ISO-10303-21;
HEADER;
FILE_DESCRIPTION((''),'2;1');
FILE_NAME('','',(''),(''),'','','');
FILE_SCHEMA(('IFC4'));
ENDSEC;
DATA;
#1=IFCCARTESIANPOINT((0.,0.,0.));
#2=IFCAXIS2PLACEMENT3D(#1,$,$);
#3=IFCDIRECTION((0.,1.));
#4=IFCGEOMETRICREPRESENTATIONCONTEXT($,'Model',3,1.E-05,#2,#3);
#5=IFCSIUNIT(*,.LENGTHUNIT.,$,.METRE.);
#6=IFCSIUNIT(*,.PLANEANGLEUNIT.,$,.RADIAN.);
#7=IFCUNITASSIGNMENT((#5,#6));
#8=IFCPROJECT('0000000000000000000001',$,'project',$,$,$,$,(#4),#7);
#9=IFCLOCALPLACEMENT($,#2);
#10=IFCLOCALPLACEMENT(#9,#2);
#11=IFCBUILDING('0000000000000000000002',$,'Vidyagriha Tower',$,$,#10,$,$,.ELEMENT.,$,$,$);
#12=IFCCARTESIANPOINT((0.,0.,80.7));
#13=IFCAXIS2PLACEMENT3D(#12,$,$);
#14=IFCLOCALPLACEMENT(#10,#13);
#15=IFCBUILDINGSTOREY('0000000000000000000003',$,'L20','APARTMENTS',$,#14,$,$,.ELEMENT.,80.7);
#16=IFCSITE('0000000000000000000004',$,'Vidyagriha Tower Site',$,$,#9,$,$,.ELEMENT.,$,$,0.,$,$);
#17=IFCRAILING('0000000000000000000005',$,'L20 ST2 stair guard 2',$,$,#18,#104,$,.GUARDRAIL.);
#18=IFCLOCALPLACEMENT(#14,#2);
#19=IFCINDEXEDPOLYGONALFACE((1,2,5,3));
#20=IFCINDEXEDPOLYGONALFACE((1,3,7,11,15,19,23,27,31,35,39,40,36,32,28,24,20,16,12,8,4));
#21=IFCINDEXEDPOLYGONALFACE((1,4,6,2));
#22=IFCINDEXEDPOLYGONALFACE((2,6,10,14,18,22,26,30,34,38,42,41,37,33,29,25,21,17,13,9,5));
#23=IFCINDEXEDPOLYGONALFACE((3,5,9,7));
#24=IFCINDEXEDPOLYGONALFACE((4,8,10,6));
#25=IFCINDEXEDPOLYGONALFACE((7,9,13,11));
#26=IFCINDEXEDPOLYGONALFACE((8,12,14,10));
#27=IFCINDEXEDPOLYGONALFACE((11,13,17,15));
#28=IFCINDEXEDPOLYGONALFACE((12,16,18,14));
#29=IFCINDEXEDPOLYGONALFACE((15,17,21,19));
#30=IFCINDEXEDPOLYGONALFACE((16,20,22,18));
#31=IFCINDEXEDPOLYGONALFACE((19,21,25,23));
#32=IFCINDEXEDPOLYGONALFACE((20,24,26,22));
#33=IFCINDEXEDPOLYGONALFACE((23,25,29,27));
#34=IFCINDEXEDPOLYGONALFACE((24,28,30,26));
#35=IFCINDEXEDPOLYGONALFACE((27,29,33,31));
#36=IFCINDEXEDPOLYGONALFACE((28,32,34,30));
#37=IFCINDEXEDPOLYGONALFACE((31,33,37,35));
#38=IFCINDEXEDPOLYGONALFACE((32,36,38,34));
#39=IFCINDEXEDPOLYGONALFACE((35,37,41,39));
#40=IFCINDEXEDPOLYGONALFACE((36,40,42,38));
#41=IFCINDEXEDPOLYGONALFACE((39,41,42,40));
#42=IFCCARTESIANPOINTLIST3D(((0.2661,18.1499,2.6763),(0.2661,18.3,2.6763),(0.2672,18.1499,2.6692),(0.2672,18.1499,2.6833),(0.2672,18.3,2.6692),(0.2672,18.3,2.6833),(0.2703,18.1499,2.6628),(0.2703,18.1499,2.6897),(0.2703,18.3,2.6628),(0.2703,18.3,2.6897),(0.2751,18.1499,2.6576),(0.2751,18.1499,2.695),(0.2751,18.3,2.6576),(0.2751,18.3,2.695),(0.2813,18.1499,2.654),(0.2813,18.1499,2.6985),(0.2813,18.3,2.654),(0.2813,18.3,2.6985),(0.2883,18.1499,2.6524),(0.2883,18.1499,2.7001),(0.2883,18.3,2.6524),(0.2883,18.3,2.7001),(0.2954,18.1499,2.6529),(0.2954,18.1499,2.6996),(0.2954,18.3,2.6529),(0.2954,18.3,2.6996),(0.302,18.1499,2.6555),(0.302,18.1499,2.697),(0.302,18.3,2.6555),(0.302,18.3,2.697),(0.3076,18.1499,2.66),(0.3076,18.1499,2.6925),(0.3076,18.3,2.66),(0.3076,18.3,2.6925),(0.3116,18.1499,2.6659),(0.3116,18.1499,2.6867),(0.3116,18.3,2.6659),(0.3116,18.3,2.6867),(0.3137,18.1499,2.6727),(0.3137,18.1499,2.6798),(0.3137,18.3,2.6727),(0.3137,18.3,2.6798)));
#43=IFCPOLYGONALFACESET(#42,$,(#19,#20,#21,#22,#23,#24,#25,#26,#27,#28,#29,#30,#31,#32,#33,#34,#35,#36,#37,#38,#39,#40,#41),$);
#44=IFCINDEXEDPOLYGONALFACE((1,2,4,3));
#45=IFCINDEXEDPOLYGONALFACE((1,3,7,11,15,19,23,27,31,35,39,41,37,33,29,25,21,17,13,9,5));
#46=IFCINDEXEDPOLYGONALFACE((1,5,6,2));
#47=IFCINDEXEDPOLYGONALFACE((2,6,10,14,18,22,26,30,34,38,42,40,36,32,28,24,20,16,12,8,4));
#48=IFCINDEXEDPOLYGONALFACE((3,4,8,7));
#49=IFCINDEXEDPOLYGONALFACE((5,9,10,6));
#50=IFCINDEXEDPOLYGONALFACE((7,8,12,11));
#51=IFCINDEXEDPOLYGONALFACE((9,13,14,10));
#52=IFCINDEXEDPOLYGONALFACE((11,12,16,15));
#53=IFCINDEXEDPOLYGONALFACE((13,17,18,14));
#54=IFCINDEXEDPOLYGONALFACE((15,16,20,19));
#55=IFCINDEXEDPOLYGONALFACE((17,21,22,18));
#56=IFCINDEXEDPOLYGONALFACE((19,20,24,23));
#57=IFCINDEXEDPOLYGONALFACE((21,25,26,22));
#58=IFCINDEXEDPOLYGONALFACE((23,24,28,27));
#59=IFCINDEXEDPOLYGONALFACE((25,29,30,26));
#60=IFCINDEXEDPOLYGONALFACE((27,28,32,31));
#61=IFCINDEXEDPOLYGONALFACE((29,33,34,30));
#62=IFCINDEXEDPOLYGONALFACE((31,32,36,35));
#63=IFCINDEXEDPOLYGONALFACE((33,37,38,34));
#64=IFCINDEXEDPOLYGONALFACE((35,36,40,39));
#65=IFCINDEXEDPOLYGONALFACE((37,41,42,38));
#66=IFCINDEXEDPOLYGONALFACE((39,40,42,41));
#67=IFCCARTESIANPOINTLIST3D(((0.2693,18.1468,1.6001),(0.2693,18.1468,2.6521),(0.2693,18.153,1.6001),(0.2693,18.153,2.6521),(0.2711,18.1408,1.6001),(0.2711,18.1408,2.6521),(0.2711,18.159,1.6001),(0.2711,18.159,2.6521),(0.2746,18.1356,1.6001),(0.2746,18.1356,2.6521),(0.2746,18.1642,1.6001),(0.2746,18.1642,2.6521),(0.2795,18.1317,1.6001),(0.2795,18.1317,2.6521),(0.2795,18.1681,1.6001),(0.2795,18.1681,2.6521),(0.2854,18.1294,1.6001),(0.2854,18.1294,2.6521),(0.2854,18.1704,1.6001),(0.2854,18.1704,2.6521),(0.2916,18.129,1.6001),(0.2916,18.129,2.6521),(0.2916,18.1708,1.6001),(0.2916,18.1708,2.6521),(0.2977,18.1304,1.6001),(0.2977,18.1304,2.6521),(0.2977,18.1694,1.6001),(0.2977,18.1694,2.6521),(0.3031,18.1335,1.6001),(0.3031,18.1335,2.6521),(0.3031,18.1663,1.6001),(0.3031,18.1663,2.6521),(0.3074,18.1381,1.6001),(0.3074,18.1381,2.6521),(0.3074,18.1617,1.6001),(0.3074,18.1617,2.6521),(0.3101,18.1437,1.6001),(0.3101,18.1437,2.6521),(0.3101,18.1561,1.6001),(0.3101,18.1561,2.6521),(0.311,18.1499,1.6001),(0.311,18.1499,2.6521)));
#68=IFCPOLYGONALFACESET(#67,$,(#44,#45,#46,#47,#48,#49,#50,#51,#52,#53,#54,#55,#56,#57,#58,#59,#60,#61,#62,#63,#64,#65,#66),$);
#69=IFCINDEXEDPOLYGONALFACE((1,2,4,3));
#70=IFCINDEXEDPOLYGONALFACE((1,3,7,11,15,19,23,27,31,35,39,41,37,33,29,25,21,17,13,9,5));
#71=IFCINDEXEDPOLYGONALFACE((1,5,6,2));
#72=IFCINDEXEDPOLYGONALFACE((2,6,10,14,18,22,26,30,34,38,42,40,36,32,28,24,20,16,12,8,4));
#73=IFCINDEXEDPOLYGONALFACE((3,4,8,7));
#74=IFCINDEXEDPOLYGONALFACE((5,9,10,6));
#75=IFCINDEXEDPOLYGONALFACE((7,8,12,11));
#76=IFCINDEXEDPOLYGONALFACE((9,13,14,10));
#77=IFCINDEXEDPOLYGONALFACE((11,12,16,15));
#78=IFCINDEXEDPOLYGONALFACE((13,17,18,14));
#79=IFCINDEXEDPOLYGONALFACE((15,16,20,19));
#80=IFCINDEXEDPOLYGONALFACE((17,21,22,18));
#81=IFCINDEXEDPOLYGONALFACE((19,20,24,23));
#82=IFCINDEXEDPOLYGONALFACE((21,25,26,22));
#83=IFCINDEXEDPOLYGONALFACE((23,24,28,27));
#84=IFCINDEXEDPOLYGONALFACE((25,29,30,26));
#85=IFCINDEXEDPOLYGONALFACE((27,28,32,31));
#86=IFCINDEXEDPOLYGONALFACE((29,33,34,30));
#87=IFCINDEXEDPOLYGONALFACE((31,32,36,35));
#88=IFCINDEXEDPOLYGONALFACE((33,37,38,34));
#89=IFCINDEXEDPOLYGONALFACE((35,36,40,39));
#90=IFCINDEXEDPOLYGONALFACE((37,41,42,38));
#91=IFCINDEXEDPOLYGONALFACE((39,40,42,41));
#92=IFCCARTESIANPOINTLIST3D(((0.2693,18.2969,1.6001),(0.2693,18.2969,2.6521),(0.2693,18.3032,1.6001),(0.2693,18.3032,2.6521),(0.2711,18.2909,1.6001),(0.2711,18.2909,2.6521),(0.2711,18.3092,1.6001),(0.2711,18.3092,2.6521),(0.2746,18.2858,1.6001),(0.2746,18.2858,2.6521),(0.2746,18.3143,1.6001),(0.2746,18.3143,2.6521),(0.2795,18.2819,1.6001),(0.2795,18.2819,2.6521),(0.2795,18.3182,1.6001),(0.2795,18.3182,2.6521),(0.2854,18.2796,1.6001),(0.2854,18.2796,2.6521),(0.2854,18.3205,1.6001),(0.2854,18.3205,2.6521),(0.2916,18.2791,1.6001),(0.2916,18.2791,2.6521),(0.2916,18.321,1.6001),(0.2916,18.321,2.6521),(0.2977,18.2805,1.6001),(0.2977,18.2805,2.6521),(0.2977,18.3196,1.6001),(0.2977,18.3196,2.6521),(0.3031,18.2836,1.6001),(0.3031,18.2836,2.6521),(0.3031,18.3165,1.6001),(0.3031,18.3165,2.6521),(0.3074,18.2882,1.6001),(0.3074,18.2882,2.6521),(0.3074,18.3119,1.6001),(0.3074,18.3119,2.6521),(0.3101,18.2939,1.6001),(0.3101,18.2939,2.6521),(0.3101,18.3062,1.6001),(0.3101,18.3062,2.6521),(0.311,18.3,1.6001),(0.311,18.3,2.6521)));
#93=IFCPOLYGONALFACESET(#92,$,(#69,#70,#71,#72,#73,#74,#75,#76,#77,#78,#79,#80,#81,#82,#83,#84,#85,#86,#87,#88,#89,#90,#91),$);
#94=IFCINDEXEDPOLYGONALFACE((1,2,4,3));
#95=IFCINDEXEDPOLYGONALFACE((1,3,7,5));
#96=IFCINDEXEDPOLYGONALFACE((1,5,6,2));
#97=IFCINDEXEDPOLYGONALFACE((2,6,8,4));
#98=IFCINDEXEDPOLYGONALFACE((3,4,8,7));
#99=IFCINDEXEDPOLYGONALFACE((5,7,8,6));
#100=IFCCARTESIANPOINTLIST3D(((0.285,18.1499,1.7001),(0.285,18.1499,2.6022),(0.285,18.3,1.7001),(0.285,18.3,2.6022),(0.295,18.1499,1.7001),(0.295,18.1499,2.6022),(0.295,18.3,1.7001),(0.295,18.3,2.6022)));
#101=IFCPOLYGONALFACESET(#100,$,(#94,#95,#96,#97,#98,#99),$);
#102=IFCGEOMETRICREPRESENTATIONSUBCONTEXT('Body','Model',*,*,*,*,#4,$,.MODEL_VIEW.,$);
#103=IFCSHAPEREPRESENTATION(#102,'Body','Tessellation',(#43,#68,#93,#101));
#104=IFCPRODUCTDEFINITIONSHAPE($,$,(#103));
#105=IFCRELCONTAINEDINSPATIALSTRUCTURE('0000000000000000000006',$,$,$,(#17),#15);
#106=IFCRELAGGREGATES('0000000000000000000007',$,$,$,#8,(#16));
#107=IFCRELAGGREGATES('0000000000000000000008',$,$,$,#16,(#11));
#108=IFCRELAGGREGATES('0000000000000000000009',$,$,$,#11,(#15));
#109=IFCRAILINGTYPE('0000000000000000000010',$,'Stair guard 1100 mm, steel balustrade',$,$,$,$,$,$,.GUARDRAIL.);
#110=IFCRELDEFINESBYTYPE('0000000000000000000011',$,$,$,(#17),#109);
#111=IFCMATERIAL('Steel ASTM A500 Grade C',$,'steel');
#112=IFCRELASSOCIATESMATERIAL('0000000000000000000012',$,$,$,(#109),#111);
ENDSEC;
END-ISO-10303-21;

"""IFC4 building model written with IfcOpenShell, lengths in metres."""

from ifc_helpers import new_model, si_unit, direction, frame, origin, origin_2d, place, context, subcontext, project, spatial, rectangle, circle, extrude, material, type_object, element, save


model = new_model("IFC4")

# Units and contexts
model_context = context("Model", 3, precision=1e-05, world=origin(), true_north=direction((0.0, 1.0)))
body_context = subcontext(model_context, "Body", "Model", "MODEL_VIEW")
ifc_project = project(units=[si_unit("LENGTHUNIT", "METRE"), si_unit("PLANEANGLEUNIT", "RADIAN")], contexts=[model_context])

# Site, building, storey
site_placement = place(None, origin())
site = spatial("IfcSite", under=ifc_project, at=site_placement, Name="Vidyagriha Tower Site", CompositionType="ELEMENT", RefElevation=0.0)
building_placement = place(site_placement, origin())
building = spatial("IfcBuilding", under=site, at=building_placement, Name="Vidyagriha Tower", CompositionType="ELEMENT")
storey_placement = place(building_placement, frame((0.0, 0.0, 80.7)))
storey = spatial("IfcBuildingStorey", under=building, at=storey_placement, Name="L20", Description="APARTMENTS", CompositionType="ELEMENT", Elevation=80.7)

# Railing
ifc_material_1 = material(Name="Steel ASTM A500 Grade C", Category="steel")
railing_type_1 = type_object("IfcRailingType", Name="Stair guard 1100 mm, steel balustrade", PredefinedType="GUARDRAIL", material=ifc_material_1)
railing_1_placement = place(storey_placement, frame((0.29, 18.1499, 1.6001)))
element("IfcRailing", 1, at=railing_1_placement, inside=storey, type_object=railing_type_1, Name="L20 ST2 stair guard 2", PredefinedType="GUARDRAIL", context=body_context, shape_type="SweptSolid", body=[
    extrude(circle(Radius=0.0239, at=origin_2d()), frame((0.0, 0.0, 1.0762), z_axis=(0.0, 1.0, 0.0), x_axis=(-1.0, 0.0, 0.0)), (0.0, 0.0, 1.0), 0.1501),
    extrude(circle(Radius=0.021, at=origin_2d()), origin(), (0.0, 0.0, 1.0), 1.052),
    extrude(circle(Radius=0.021, at=origin_2d()), frame((0.0, 0.1501, 0.0)), (0.0, 0.0, 1.0), 1.052),
    extrude(rectangle(XDim=0.01, YDim=0.9021, at=origin_2d()), frame((0.0, 0.0, 0.551), z_axis=(0.0, 1.0, 0.0), x_axis=(-1.0, 0.0, 0.0)), (0.0, 0.0, 1.0), 0.1501),
])

save(model, "model.ifc")
